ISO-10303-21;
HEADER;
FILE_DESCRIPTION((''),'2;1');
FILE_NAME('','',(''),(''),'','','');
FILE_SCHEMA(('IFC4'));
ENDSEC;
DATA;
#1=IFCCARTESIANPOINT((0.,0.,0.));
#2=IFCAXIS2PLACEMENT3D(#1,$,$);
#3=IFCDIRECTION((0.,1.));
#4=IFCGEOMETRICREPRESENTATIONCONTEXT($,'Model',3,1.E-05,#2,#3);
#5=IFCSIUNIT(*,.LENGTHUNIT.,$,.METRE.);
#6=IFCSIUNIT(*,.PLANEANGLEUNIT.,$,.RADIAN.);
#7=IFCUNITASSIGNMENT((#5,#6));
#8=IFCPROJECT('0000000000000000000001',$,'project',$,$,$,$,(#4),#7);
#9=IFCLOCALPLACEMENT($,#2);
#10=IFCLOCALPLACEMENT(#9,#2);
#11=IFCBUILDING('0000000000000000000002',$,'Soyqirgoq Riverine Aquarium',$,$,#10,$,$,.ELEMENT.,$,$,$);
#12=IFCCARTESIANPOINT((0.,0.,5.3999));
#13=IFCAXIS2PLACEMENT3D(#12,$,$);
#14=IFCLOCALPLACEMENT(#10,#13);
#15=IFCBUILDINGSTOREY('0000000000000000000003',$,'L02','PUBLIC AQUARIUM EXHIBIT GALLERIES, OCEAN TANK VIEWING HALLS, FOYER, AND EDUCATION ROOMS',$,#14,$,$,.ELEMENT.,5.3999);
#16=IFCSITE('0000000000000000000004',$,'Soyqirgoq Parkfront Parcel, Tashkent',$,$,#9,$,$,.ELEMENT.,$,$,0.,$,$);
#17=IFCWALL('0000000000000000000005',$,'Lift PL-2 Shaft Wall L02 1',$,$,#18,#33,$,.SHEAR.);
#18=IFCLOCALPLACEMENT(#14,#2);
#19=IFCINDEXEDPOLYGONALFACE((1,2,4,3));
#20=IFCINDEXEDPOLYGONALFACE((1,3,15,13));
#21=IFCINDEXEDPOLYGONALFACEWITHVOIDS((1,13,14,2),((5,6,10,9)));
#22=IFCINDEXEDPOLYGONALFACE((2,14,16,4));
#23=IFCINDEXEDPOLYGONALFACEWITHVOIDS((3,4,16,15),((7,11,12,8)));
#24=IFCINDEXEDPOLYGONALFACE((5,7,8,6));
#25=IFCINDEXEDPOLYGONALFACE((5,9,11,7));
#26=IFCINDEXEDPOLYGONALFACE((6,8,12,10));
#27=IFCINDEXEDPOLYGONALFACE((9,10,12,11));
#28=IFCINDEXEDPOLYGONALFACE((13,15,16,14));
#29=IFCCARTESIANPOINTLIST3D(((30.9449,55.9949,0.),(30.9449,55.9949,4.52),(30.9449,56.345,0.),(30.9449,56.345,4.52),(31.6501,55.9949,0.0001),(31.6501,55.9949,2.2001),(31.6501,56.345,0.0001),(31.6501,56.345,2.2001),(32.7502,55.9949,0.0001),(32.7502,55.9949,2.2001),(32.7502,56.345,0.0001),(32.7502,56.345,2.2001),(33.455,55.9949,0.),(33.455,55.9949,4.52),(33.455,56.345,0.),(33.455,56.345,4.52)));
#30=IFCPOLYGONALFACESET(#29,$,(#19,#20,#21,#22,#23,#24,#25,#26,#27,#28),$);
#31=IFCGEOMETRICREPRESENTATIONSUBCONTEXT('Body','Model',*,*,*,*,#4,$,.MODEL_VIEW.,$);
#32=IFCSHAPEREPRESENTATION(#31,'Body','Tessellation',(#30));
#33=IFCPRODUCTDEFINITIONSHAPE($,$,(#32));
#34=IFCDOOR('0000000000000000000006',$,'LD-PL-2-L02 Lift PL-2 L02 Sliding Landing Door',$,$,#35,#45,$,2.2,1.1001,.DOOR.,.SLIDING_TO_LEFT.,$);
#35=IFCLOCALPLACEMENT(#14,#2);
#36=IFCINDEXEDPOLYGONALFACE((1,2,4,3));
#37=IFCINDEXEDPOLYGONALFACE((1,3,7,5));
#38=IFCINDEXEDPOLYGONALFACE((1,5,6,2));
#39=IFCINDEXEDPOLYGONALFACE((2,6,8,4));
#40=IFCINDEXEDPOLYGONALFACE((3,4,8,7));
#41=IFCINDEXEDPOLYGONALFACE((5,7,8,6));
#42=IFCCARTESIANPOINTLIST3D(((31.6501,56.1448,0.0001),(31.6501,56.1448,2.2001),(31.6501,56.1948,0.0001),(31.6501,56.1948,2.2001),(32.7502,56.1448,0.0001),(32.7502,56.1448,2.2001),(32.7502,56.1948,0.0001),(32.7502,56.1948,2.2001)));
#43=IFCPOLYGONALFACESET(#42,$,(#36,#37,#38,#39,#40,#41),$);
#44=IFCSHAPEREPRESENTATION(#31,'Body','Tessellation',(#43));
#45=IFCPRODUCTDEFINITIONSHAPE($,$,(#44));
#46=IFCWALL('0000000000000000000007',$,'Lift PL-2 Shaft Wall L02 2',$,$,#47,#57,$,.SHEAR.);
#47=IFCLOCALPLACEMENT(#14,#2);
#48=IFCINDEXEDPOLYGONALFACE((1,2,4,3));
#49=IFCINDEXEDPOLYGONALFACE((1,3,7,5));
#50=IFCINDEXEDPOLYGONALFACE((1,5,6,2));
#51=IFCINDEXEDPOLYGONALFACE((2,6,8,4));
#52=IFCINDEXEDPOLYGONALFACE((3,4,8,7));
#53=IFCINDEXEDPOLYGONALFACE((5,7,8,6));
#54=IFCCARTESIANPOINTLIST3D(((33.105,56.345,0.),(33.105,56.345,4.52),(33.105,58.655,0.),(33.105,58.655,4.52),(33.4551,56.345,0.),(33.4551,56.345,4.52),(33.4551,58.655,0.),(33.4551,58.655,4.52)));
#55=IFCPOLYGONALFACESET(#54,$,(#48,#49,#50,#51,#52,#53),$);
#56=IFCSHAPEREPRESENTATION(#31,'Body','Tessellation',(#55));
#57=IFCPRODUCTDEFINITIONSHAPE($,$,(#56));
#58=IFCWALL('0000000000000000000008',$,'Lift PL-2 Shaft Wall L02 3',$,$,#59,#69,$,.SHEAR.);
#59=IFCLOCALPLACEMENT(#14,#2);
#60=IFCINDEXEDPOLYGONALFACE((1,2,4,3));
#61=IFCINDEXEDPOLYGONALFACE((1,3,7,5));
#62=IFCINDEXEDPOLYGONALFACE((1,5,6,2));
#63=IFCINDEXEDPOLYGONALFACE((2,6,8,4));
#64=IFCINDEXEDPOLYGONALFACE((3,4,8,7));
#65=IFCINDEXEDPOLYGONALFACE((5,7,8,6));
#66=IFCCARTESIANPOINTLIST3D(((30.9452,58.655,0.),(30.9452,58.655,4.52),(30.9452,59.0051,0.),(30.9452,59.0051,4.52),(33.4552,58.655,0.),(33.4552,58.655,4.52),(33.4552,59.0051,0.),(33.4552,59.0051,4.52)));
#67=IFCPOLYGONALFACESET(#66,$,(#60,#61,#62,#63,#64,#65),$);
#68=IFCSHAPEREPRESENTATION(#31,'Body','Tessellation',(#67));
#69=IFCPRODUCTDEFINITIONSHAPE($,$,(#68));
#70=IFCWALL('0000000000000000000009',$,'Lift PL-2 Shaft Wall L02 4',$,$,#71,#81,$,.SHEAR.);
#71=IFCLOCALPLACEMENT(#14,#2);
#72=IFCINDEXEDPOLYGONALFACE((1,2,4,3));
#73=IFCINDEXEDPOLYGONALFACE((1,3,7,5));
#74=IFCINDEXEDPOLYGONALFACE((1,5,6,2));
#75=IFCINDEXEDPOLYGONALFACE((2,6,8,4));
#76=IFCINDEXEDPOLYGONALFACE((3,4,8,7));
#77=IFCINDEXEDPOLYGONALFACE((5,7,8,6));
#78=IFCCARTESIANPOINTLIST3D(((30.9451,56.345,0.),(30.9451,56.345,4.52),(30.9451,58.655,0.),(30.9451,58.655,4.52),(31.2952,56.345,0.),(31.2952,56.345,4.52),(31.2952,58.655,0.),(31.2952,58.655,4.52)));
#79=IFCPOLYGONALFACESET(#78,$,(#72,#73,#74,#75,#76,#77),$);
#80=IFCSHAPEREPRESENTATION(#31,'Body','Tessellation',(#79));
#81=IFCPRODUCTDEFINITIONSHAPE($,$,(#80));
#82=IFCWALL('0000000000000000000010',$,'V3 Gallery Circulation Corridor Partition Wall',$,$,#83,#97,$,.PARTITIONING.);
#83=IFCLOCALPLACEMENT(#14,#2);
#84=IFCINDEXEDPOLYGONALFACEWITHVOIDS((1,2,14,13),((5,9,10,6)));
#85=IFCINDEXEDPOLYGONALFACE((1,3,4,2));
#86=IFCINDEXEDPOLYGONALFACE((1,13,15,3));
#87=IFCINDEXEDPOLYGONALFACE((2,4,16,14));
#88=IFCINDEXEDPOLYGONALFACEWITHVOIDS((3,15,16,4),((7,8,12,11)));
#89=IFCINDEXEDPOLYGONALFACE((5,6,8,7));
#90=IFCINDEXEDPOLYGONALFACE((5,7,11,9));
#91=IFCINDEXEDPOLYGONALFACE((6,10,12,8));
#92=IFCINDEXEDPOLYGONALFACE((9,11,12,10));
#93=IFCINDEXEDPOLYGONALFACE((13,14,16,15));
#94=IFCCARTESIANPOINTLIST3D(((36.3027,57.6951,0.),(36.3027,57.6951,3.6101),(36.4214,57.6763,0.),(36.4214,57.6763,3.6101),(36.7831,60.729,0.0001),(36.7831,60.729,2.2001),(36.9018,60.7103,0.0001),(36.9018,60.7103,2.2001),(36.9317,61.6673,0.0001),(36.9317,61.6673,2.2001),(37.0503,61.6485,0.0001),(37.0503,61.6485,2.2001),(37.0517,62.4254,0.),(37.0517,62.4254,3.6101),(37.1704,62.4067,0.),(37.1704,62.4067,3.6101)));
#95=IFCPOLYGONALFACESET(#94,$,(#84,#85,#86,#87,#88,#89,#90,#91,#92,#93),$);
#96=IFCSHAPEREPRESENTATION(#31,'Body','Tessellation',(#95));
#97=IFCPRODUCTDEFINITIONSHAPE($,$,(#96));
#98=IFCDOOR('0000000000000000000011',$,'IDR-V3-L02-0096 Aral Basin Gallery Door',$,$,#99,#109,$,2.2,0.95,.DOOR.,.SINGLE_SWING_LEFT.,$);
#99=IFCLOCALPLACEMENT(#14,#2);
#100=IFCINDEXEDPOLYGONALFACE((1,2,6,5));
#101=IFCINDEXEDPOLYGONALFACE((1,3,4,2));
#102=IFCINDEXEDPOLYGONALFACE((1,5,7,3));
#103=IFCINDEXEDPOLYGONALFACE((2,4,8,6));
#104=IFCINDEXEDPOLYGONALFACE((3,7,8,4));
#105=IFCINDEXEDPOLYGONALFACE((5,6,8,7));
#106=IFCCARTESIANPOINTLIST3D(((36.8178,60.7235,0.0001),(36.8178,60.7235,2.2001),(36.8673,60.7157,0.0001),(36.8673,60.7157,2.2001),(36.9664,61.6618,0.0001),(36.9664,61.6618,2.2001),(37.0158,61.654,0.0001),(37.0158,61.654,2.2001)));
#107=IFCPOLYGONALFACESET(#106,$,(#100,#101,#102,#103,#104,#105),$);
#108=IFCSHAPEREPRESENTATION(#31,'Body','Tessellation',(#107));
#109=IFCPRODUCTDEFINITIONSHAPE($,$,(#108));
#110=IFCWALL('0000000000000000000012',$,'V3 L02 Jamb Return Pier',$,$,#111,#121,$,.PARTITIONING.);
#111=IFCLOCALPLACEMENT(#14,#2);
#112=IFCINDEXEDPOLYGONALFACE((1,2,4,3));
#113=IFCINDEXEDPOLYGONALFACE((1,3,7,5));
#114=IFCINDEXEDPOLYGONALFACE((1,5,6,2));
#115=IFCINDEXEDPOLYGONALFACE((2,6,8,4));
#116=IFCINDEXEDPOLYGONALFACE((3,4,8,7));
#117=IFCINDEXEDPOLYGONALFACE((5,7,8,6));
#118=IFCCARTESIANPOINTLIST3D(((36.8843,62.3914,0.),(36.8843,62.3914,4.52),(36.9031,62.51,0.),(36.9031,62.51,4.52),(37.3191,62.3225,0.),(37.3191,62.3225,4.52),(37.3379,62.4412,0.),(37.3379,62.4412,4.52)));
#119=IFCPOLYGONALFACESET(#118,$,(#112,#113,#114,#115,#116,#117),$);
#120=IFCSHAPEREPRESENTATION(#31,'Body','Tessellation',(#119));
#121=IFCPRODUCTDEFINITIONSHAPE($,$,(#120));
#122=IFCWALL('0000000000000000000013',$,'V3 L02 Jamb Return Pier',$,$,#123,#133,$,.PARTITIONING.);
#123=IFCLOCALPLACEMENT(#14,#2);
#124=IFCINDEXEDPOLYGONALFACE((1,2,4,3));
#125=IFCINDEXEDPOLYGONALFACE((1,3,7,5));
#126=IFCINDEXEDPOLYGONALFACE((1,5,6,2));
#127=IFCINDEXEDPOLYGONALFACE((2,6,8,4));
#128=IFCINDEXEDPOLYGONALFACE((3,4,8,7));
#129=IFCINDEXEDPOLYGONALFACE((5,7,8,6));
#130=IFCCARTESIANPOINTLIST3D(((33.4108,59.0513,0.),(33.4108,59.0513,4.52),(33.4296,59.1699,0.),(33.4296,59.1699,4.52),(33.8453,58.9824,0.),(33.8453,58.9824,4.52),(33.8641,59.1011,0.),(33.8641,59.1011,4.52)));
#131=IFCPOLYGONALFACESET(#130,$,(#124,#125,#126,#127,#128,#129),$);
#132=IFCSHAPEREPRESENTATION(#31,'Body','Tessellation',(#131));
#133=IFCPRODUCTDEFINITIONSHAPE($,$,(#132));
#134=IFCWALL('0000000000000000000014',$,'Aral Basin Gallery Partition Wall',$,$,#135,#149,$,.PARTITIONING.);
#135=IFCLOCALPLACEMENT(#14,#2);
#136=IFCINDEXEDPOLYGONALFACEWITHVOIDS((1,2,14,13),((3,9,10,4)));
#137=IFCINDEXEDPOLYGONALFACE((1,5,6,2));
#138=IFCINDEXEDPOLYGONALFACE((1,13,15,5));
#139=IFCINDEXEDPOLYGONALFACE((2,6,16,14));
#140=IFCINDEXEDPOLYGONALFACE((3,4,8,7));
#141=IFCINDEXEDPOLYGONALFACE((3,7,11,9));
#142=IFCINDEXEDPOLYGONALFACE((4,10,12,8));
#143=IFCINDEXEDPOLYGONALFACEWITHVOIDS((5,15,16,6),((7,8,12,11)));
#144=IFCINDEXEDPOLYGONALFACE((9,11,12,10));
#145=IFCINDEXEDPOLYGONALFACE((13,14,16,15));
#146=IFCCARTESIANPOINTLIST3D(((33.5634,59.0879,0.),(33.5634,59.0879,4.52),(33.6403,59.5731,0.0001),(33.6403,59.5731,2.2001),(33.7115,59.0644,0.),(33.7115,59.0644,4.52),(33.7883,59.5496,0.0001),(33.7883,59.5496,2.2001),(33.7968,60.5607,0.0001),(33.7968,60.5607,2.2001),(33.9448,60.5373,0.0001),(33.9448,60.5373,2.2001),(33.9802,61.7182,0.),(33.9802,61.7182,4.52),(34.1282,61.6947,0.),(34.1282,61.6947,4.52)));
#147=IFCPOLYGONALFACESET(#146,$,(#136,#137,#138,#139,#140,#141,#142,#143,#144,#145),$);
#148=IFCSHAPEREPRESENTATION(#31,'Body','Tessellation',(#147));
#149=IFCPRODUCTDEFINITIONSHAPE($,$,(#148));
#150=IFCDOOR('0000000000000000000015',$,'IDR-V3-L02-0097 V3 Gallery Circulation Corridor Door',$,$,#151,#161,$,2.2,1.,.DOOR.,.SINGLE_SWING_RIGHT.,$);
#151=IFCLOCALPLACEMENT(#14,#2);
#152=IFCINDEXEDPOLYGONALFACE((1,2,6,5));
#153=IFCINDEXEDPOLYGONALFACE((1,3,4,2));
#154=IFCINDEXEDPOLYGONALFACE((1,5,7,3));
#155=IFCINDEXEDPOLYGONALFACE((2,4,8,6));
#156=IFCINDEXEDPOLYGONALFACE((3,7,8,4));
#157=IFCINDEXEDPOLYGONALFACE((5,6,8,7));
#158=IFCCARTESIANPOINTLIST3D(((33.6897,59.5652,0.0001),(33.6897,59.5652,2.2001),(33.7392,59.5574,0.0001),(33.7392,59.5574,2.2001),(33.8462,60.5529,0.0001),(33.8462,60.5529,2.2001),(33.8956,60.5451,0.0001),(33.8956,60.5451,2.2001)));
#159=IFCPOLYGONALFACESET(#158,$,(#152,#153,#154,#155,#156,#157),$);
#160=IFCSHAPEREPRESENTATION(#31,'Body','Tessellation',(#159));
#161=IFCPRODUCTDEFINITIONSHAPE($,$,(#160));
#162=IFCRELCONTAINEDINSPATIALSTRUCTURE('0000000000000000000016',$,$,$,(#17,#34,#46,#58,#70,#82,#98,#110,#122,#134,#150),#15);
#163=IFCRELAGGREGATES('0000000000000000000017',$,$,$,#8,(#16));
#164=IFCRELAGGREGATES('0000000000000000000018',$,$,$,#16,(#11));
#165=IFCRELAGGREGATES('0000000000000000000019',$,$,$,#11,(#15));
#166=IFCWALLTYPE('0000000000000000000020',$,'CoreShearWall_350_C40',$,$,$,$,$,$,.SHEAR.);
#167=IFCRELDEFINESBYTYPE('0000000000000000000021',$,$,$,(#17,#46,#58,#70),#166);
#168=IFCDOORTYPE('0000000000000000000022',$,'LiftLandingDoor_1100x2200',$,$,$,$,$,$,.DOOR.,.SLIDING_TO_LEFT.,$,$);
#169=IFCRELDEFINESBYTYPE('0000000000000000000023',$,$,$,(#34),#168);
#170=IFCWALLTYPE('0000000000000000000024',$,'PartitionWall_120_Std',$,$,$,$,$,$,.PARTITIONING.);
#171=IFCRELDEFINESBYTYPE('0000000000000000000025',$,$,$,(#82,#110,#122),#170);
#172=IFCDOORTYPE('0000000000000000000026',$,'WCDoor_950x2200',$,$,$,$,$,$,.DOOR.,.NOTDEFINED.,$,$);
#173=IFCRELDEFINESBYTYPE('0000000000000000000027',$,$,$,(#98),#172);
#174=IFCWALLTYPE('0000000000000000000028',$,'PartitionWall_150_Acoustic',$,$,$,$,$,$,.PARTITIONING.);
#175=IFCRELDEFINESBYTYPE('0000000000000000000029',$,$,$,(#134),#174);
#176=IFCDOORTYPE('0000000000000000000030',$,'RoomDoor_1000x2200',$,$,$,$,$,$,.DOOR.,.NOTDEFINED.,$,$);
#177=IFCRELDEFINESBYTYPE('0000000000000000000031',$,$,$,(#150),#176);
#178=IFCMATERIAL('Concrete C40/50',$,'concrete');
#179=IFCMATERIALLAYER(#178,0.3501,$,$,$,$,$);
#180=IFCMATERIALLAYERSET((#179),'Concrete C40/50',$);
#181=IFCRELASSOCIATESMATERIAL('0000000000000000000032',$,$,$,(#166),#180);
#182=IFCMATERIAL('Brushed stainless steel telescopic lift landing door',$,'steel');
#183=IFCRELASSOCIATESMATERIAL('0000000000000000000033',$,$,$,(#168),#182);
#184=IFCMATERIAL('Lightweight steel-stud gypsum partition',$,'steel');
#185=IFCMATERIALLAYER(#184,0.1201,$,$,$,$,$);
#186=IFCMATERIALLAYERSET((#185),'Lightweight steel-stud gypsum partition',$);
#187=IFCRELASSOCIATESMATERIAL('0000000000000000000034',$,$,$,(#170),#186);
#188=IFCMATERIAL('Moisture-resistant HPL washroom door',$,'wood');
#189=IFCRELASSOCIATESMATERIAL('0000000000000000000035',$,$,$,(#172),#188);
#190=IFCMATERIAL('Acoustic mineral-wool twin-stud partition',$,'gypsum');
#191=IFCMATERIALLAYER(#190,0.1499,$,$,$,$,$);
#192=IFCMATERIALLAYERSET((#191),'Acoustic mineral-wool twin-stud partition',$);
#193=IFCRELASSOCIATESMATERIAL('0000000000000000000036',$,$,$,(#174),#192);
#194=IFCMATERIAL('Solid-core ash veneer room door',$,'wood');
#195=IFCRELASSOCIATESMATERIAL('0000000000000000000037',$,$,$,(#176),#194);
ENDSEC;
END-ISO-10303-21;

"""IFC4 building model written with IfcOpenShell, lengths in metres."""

from ifc_helpers import new_model, si_unit, direction, frame, frame_2d, origin, place, context, subcontext, project, spatial, rectangle, extrude, material, layer, layer_set, type_object, element, fill, save


model = new_model("IFC4")

# Units and contexts
model_context = context("Model", 3, precision=1e-05, world=origin(), true_north=direction((0.0, 1.0)))
body_context = subcontext(model_context, "Body", "Model", "MODEL_VIEW")
ifc_project = project(units=[si_unit("LENGTHUNIT", "METRE"), si_unit("PLANEANGLEUNIT", "RADIAN")], contexts=[model_context])

# Site, building, storey
site_placement = place(None, origin())
site = spatial("IfcSite", under=ifc_project, at=site_placement, Name="Soyqirgoq Parkfront Parcel, Tashkent", CompositionType="ELEMENT", RefElevation=0.0)
building_placement = place(site_placement, origin())
building = spatial("IfcBuilding", under=site, at=building_placement, Name="Soyqirgoq Riverine Aquarium", CompositionType="ELEMENT")
storey_placement = place(building_placement, frame((0.0, 0.0, 5.3999)))
storey = spatial("IfcBuildingStorey", under=building, at=storey_placement, Name="L02", Description="PUBLIC AQUARIUM EXHIBIT GALLERIES, OCEAN TANK VIEWING HALLS, FOYER, AND EDUCATION ROOMS", CompositionType="ELEMENT", Elevation=5.3999)

# Shared definitions
ifc_material_1 = material(Name="Concrete C40/50", Category="concrete")
ifc_layer_1 = layer(ifc_material_1, 0.3501)
ifc_layer_set_1 = layer_set([ifc_layer_1], Name="Concrete C40/50")
wall_type_1 = type_object("IfcWallType", Name="CoreShearWall_350_C40", PredefinedType="SHEAR", material=ifc_layer_set_1)

# Wall, opening, door
wall_1_placement = place(storey_placement, frame((30.9451, 56.1699, 0.0), z_axis=(0.0, 0.0, 1.0), x_axis=(1.0, 0.0, 0.0)))
wall_1 = element("IfcWall", 1, at=wall_1_placement, inside=storey, type_object=wall_type_1, Name="Lift PL-2 Shaft Wall L02 1", PredefinedType="SHEAR", context=body_context, shape_type="SweptSolid", body=[
    extrude(rectangle(XDim=2.51, YDim=0.3501, at=frame_2d((1.2549, 0.0))), origin(), (0.0, 0.0, 1.0), 4.52),
])
opening_1_placement = place(wall_1_placement, frame((0.7051, 0.0, 0.0)))
opening_1 = element("IfcOpeningElement", 2, at=opening_1_placement, cuts=wall_1, PredefinedType="OPENING", context=body_context, shape_type="SweptSolid", body=[
    extrude(rectangle(XDim=1.1001, YDim=2.2, at=frame_2d((0.55, 1.1001))), frame((0.0, 0.1851, 0.0), z_axis=(0.0, -1.0, 0.0), x_axis=(1.0, 0.0, 0.0)), (0.0, 0.0, 1.0), 0.3701),
])
ifc_material_2 = material(Name="Brushed stainless steel telescopic lift landing door", Category="steel")
door_type_1 = type_object("IfcDoorType", Name="LiftLandingDoor_1100x2200", OperationType="SLIDING_TO_LEFT", PredefinedType="DOOR", material=ifc_material_2)
door_1_placement = place(opening_1_placement, origin())
door_1 = element("IfcDoor", 3, at=door_1_placement, inside=storey, type_object=door_type_1, Name="LD-PL-2-L02 Lift PL-2 L02 Sliding Landing Door", OperationType="SLIDING_TO_LEFT", OverallHeight=2.2, OverallWidth=1.1001, PredefinedType="DOOR", context=body_context, shape_type="SweptSolid", body=[
    extrude(rectangle(XDim=1.1001, YDim=2.2, at=frame_2d((0.55, 1.1001))), frame((0.0, 0.0249, 0.0), z_axis=(0.0, -1.0, 0.0), x_axis=(1.0, 0.0, 0.0)), (0.0, 0.0, 1.0), 0.05),
])
fill(opening_1, door_1)

# Walls
wall_2_placement = place(storey_placement, frame((33.28, 56.345, 0.0), z_axis=(0.0, 0.0, 1.0), x_axis=(0.0, 1.0, 0.0)))
element("IfcWall", 4, at=wall_2_placement, inside=storey, type_object=wall_type_1, Name="Lift PL-2 Shaft Wall L02 2", PredefinedType="SHEAR", context=body_context, shape_type="SweptSolid", body=[
    extrude(rectangle(XDim=2.3101, YDim=0.3501, at=frame_2d((1.155, 0.0))), origin(), (0.0, 0.0, 1.0), 4.52),
])
wall_3_placement = place(storey_placement, frame((33.4551, 58.8301, 0.0), z_axis=(0.0, 0.0, 1.0), x_axis=(-1.0, 0.0, 0.0)))
element("IfcWall", 5, at=wall_3_placement, inside=storey, type_object=wall_type_1, Name="Lift PL-2 Shaft Wall L02 3", PredefinedType="SHEAR", context=body_context, shape_type="SweptSolid", body=[
    extrude(rectangle(XDim=2.51, YDim=0.3501, at=frame_2d((1.2549, 0.0))), origin(), (0.0, 0.0, 1.0), 4.52),
])
wall_4_placement = place(storey_placement, frame((31.1201, 58.655, 0.0), z_axis=(0.0, 0.0, 1.0), x_axis=(0.0, -1.0, 0.0)))
element("IfcWall", 6, at=wall_4_placement, inside=storey, type_object=wall_type_1, Name="Lift PL-2 Shaft Wall L02 4", PredefinedType="SHEAR", context=body_context, shape_type="SweptSolid", body=[
    extrude(rectangle(XDim=2.3101, YDim=0.3501, at=frame_2d((1.155, 0.0))), origin(), (0.0, 0.0, 1.0), 4.52),
])

# Wall, opening, door
ifc_material_3 = material(Name="Lightweight steel-stud gypsum partition", Category="steel")
ifc_layer_2 = layer(ifc_material_3, 0.1201)
ifc_layer_set_2 = layer_set([ifc_layer_2], Name="Lightweight steel-stud gypsum partition")
wall_type_2 = type_object("IfcWallType", Name="PartitionWall_120_Std", PredefinedType="PARTITIONING", material=ifc_layer_set_2)
wall_5_placement = place(storey_placement, frame((36.3621, 57.6858, 0.0), z_axis=(0.0, 0.0, 1.0), x_axis=(0.156392, 0.987695, 0.0)))
wall_5 = element("IfcWall", 7, at=wall_5_placement, inside=storey, type_object=wall_type_2, Name="V3 Gallery Circulation Corridor Partition Wall", PredefinedType="PARTITIONING", context=body_context, shape_type="SweptSolid", body=[
    extrude(rectangle(XDim=4.7893, YDim=0.1201, at=frame_2d((2.3945, 0.0))), origin(), (0.0, 0.0, 1.0), 3.6101),
])
opening_2_placement = place(wall_5_placement, frame((3.0715, 0.0, 0.0)))
opening_2 = element("IfcOpeningElement", 8, at=opening_2_placement, cuts=wall_5, PredefinedType="OPENING", context=body_context, shape_type="SweptSolid", body=[
    extrude(rectangle(XDim=0.95, YDim=2.2, at=frame_2d((0.4751, 1.1001))), frame((0.0, 0.0701, 0.0), z_axis=(0.0, -1.0, 0.0), x_axis=(1.0, 0.0, 0.0)), (0.0, 0.0, 1.0), 0.1401),
])
ifc_material_4 = material(Name="Moisture-resistant HPL washroom door", Category="wood")
door_type_2 = type_object("IfcDoorType", Name="WCDoor_950x2200", OperationType="NOTDEFINED", PredefinedType="DOOR", material=ifc_material_4)
door_2_placement = place(opening_2_placement, origin())
door_2 = element("IfcDoor", 9, at=door_2_placement, inside=storey, type_object=door_type_2, Name="IDR-V3-L02-0096 Aral Basin Gallery Door", OperationType="SINGLE_SWING_LEFT", OverallHeight=2.2, OverallWidth=0.95, PredefinedType="DOOR", context=body_context, shape_type="SweptSolid", body=[
    extrude(rectangle(XDim=0.95, YDim=2.2, at=frame_2d((0.4751, 1.1001))), frame((0.0, 0.0249, 0.0), z_axis=(0.0, -1.0, 0.0), x_axis=(1.0, 0.0, 0.0)), (0.0, 0.0, 1.0), 0.05),
])
fill(opening_2, door_2)

# Walls
wall_6_placement = place(storey_placement, frame((37.3286, 62.3818, 0.0), z_axis=(0.0, 0.0, 1.0), x_axis=(-0.987695, 0.15639, 0.0)))
element("IfcWall", 10, at=wall_6_placement, inside=storey, type_object=wall_type_2, Name="V3 L02 Jamb Return Pier", PredefinedType="PARTITIONING", context=body_context, shape_type="SweptSolid", body=[
    extrude(rectangle(XDim=0.4402, YDim=0.1201, at=frame_2d((0.2202, 0.0))), origin(), (0.0, 0.0, 1.0), 4.52),
])
wall_7_placement = place(storey_placement, frame((33.8547, 59.0417, 0.0), z_axis=(0.0, 0.0, 1.0), x_axis=(-0.987682, 0.156475, 0.0)))
element("IfcWall", 11, at=wall_7_placement, inside=storey, type_object=wall_type_2, Name="V3 L02 Jamb Return Pier", PredefinedType="PARTITIONING", context=body_context, shape_type="SweptSolid", body=[
    extrude(rectangle(XDim=0.4399, YDim=0.1201, at=frame_2d((0.22, 0.0))), origin(), (0.0, 0.0, 1.0), 4.52),
])

# Wall, opening, door
ifc_material_5 = material(Name="Acoustic mineral-wool twin-stud partition", Category="gypsum")
ifc_layer_3 = layer(ifc_material_5, 0.1499)
ifc_layer_set_3 = layer_set([ifc_layer_3], Name="Acoustic mineral-wool twin-stud partition")
wall_type_3 = type_object("IfcWallType", Name="PartitionWall_150_Acoustic", PredefinedType="PARTITIONING", material=ifc_layer_set_3)
wall_8_placement = place(storey_placement, frame((33.6375, 59.0762, 0.0), z_axis=(0.0, 0.0, 1.0), x_axis=(0.156485, 0.98768, 0.0)))
wall_8 = element("IfcWall", 12, at=wall_8_placement, inside=storey, type_object=wall_type_3, Name="Aral Basin Gallery Partition Wall", PredefinedType="PARTITIONING", context=body_context, shape_type="SweptSolid", body=[
    extrude(rectangle(XDim=2.6631, YDim=0.1499, at=frame_2d((1.3315, 0.0))), origin(), (0.0, 0.0, 1.0), 4.52),
])
opening_3_placement = place(wall_8_placement, frame((0.4912, 0.0, 0.0)))
opening_3 = element("IfcOpeningElement", 13, at=opening_3_placement, cuts=wall_8, PredefinedType="OPENING", context=body_context, shape_type="SweptSolid", body=[
    extrude(rectangle(XDim=1.0, YDim=2.2, at=frame_2d((0.5, 1.1001))), frame((0.0, 0.085, 0.0), z_axis=(0.0, -1.0, 0.0), x_axis=(1.0, 0.0, 0.0)), (0.0, 0.0, 1.0), 0.1699),
])
ifc_material_6 = material(Name="Solid-core ash veneer room door", Category="wood")
door_type_3 = type_object("IfcDoorType", Name="RoomDoor_1000x2200", OperationType="NOTDEFINED", PredefinedType="DOOR", material=ifc_material_6)
door_3_placement = place(opening_3_placement, origin())
door_3 = element("IfcDoor", 14, at=door_3_placement, inside=storey, type_object=door_type_3, Name="IDR-V3-L02-0097 V3 Gallery Circulation Corridor Door", OperationType="SINGLE_SWING_RIGHT", OverallHeight=2.2, OverallWidth=1.0, PredefinedType="DOOR", context=body_context, shape_type="SweptSolid", body=[
    extrude(rectangle(XDim=1.0, YDim=2.2, at=frame_2d((0.5, 1.1001))), frame((0.0, 0.0249, 0.0), z_axis=(0.0, -1.0, 0.0), x_axis=(1.0, 0.0, 0.0)), (0.0, 0.0, 1.0), 0.05),
])
fill(opening_3, door_3)

save(model, "model.ifc")
